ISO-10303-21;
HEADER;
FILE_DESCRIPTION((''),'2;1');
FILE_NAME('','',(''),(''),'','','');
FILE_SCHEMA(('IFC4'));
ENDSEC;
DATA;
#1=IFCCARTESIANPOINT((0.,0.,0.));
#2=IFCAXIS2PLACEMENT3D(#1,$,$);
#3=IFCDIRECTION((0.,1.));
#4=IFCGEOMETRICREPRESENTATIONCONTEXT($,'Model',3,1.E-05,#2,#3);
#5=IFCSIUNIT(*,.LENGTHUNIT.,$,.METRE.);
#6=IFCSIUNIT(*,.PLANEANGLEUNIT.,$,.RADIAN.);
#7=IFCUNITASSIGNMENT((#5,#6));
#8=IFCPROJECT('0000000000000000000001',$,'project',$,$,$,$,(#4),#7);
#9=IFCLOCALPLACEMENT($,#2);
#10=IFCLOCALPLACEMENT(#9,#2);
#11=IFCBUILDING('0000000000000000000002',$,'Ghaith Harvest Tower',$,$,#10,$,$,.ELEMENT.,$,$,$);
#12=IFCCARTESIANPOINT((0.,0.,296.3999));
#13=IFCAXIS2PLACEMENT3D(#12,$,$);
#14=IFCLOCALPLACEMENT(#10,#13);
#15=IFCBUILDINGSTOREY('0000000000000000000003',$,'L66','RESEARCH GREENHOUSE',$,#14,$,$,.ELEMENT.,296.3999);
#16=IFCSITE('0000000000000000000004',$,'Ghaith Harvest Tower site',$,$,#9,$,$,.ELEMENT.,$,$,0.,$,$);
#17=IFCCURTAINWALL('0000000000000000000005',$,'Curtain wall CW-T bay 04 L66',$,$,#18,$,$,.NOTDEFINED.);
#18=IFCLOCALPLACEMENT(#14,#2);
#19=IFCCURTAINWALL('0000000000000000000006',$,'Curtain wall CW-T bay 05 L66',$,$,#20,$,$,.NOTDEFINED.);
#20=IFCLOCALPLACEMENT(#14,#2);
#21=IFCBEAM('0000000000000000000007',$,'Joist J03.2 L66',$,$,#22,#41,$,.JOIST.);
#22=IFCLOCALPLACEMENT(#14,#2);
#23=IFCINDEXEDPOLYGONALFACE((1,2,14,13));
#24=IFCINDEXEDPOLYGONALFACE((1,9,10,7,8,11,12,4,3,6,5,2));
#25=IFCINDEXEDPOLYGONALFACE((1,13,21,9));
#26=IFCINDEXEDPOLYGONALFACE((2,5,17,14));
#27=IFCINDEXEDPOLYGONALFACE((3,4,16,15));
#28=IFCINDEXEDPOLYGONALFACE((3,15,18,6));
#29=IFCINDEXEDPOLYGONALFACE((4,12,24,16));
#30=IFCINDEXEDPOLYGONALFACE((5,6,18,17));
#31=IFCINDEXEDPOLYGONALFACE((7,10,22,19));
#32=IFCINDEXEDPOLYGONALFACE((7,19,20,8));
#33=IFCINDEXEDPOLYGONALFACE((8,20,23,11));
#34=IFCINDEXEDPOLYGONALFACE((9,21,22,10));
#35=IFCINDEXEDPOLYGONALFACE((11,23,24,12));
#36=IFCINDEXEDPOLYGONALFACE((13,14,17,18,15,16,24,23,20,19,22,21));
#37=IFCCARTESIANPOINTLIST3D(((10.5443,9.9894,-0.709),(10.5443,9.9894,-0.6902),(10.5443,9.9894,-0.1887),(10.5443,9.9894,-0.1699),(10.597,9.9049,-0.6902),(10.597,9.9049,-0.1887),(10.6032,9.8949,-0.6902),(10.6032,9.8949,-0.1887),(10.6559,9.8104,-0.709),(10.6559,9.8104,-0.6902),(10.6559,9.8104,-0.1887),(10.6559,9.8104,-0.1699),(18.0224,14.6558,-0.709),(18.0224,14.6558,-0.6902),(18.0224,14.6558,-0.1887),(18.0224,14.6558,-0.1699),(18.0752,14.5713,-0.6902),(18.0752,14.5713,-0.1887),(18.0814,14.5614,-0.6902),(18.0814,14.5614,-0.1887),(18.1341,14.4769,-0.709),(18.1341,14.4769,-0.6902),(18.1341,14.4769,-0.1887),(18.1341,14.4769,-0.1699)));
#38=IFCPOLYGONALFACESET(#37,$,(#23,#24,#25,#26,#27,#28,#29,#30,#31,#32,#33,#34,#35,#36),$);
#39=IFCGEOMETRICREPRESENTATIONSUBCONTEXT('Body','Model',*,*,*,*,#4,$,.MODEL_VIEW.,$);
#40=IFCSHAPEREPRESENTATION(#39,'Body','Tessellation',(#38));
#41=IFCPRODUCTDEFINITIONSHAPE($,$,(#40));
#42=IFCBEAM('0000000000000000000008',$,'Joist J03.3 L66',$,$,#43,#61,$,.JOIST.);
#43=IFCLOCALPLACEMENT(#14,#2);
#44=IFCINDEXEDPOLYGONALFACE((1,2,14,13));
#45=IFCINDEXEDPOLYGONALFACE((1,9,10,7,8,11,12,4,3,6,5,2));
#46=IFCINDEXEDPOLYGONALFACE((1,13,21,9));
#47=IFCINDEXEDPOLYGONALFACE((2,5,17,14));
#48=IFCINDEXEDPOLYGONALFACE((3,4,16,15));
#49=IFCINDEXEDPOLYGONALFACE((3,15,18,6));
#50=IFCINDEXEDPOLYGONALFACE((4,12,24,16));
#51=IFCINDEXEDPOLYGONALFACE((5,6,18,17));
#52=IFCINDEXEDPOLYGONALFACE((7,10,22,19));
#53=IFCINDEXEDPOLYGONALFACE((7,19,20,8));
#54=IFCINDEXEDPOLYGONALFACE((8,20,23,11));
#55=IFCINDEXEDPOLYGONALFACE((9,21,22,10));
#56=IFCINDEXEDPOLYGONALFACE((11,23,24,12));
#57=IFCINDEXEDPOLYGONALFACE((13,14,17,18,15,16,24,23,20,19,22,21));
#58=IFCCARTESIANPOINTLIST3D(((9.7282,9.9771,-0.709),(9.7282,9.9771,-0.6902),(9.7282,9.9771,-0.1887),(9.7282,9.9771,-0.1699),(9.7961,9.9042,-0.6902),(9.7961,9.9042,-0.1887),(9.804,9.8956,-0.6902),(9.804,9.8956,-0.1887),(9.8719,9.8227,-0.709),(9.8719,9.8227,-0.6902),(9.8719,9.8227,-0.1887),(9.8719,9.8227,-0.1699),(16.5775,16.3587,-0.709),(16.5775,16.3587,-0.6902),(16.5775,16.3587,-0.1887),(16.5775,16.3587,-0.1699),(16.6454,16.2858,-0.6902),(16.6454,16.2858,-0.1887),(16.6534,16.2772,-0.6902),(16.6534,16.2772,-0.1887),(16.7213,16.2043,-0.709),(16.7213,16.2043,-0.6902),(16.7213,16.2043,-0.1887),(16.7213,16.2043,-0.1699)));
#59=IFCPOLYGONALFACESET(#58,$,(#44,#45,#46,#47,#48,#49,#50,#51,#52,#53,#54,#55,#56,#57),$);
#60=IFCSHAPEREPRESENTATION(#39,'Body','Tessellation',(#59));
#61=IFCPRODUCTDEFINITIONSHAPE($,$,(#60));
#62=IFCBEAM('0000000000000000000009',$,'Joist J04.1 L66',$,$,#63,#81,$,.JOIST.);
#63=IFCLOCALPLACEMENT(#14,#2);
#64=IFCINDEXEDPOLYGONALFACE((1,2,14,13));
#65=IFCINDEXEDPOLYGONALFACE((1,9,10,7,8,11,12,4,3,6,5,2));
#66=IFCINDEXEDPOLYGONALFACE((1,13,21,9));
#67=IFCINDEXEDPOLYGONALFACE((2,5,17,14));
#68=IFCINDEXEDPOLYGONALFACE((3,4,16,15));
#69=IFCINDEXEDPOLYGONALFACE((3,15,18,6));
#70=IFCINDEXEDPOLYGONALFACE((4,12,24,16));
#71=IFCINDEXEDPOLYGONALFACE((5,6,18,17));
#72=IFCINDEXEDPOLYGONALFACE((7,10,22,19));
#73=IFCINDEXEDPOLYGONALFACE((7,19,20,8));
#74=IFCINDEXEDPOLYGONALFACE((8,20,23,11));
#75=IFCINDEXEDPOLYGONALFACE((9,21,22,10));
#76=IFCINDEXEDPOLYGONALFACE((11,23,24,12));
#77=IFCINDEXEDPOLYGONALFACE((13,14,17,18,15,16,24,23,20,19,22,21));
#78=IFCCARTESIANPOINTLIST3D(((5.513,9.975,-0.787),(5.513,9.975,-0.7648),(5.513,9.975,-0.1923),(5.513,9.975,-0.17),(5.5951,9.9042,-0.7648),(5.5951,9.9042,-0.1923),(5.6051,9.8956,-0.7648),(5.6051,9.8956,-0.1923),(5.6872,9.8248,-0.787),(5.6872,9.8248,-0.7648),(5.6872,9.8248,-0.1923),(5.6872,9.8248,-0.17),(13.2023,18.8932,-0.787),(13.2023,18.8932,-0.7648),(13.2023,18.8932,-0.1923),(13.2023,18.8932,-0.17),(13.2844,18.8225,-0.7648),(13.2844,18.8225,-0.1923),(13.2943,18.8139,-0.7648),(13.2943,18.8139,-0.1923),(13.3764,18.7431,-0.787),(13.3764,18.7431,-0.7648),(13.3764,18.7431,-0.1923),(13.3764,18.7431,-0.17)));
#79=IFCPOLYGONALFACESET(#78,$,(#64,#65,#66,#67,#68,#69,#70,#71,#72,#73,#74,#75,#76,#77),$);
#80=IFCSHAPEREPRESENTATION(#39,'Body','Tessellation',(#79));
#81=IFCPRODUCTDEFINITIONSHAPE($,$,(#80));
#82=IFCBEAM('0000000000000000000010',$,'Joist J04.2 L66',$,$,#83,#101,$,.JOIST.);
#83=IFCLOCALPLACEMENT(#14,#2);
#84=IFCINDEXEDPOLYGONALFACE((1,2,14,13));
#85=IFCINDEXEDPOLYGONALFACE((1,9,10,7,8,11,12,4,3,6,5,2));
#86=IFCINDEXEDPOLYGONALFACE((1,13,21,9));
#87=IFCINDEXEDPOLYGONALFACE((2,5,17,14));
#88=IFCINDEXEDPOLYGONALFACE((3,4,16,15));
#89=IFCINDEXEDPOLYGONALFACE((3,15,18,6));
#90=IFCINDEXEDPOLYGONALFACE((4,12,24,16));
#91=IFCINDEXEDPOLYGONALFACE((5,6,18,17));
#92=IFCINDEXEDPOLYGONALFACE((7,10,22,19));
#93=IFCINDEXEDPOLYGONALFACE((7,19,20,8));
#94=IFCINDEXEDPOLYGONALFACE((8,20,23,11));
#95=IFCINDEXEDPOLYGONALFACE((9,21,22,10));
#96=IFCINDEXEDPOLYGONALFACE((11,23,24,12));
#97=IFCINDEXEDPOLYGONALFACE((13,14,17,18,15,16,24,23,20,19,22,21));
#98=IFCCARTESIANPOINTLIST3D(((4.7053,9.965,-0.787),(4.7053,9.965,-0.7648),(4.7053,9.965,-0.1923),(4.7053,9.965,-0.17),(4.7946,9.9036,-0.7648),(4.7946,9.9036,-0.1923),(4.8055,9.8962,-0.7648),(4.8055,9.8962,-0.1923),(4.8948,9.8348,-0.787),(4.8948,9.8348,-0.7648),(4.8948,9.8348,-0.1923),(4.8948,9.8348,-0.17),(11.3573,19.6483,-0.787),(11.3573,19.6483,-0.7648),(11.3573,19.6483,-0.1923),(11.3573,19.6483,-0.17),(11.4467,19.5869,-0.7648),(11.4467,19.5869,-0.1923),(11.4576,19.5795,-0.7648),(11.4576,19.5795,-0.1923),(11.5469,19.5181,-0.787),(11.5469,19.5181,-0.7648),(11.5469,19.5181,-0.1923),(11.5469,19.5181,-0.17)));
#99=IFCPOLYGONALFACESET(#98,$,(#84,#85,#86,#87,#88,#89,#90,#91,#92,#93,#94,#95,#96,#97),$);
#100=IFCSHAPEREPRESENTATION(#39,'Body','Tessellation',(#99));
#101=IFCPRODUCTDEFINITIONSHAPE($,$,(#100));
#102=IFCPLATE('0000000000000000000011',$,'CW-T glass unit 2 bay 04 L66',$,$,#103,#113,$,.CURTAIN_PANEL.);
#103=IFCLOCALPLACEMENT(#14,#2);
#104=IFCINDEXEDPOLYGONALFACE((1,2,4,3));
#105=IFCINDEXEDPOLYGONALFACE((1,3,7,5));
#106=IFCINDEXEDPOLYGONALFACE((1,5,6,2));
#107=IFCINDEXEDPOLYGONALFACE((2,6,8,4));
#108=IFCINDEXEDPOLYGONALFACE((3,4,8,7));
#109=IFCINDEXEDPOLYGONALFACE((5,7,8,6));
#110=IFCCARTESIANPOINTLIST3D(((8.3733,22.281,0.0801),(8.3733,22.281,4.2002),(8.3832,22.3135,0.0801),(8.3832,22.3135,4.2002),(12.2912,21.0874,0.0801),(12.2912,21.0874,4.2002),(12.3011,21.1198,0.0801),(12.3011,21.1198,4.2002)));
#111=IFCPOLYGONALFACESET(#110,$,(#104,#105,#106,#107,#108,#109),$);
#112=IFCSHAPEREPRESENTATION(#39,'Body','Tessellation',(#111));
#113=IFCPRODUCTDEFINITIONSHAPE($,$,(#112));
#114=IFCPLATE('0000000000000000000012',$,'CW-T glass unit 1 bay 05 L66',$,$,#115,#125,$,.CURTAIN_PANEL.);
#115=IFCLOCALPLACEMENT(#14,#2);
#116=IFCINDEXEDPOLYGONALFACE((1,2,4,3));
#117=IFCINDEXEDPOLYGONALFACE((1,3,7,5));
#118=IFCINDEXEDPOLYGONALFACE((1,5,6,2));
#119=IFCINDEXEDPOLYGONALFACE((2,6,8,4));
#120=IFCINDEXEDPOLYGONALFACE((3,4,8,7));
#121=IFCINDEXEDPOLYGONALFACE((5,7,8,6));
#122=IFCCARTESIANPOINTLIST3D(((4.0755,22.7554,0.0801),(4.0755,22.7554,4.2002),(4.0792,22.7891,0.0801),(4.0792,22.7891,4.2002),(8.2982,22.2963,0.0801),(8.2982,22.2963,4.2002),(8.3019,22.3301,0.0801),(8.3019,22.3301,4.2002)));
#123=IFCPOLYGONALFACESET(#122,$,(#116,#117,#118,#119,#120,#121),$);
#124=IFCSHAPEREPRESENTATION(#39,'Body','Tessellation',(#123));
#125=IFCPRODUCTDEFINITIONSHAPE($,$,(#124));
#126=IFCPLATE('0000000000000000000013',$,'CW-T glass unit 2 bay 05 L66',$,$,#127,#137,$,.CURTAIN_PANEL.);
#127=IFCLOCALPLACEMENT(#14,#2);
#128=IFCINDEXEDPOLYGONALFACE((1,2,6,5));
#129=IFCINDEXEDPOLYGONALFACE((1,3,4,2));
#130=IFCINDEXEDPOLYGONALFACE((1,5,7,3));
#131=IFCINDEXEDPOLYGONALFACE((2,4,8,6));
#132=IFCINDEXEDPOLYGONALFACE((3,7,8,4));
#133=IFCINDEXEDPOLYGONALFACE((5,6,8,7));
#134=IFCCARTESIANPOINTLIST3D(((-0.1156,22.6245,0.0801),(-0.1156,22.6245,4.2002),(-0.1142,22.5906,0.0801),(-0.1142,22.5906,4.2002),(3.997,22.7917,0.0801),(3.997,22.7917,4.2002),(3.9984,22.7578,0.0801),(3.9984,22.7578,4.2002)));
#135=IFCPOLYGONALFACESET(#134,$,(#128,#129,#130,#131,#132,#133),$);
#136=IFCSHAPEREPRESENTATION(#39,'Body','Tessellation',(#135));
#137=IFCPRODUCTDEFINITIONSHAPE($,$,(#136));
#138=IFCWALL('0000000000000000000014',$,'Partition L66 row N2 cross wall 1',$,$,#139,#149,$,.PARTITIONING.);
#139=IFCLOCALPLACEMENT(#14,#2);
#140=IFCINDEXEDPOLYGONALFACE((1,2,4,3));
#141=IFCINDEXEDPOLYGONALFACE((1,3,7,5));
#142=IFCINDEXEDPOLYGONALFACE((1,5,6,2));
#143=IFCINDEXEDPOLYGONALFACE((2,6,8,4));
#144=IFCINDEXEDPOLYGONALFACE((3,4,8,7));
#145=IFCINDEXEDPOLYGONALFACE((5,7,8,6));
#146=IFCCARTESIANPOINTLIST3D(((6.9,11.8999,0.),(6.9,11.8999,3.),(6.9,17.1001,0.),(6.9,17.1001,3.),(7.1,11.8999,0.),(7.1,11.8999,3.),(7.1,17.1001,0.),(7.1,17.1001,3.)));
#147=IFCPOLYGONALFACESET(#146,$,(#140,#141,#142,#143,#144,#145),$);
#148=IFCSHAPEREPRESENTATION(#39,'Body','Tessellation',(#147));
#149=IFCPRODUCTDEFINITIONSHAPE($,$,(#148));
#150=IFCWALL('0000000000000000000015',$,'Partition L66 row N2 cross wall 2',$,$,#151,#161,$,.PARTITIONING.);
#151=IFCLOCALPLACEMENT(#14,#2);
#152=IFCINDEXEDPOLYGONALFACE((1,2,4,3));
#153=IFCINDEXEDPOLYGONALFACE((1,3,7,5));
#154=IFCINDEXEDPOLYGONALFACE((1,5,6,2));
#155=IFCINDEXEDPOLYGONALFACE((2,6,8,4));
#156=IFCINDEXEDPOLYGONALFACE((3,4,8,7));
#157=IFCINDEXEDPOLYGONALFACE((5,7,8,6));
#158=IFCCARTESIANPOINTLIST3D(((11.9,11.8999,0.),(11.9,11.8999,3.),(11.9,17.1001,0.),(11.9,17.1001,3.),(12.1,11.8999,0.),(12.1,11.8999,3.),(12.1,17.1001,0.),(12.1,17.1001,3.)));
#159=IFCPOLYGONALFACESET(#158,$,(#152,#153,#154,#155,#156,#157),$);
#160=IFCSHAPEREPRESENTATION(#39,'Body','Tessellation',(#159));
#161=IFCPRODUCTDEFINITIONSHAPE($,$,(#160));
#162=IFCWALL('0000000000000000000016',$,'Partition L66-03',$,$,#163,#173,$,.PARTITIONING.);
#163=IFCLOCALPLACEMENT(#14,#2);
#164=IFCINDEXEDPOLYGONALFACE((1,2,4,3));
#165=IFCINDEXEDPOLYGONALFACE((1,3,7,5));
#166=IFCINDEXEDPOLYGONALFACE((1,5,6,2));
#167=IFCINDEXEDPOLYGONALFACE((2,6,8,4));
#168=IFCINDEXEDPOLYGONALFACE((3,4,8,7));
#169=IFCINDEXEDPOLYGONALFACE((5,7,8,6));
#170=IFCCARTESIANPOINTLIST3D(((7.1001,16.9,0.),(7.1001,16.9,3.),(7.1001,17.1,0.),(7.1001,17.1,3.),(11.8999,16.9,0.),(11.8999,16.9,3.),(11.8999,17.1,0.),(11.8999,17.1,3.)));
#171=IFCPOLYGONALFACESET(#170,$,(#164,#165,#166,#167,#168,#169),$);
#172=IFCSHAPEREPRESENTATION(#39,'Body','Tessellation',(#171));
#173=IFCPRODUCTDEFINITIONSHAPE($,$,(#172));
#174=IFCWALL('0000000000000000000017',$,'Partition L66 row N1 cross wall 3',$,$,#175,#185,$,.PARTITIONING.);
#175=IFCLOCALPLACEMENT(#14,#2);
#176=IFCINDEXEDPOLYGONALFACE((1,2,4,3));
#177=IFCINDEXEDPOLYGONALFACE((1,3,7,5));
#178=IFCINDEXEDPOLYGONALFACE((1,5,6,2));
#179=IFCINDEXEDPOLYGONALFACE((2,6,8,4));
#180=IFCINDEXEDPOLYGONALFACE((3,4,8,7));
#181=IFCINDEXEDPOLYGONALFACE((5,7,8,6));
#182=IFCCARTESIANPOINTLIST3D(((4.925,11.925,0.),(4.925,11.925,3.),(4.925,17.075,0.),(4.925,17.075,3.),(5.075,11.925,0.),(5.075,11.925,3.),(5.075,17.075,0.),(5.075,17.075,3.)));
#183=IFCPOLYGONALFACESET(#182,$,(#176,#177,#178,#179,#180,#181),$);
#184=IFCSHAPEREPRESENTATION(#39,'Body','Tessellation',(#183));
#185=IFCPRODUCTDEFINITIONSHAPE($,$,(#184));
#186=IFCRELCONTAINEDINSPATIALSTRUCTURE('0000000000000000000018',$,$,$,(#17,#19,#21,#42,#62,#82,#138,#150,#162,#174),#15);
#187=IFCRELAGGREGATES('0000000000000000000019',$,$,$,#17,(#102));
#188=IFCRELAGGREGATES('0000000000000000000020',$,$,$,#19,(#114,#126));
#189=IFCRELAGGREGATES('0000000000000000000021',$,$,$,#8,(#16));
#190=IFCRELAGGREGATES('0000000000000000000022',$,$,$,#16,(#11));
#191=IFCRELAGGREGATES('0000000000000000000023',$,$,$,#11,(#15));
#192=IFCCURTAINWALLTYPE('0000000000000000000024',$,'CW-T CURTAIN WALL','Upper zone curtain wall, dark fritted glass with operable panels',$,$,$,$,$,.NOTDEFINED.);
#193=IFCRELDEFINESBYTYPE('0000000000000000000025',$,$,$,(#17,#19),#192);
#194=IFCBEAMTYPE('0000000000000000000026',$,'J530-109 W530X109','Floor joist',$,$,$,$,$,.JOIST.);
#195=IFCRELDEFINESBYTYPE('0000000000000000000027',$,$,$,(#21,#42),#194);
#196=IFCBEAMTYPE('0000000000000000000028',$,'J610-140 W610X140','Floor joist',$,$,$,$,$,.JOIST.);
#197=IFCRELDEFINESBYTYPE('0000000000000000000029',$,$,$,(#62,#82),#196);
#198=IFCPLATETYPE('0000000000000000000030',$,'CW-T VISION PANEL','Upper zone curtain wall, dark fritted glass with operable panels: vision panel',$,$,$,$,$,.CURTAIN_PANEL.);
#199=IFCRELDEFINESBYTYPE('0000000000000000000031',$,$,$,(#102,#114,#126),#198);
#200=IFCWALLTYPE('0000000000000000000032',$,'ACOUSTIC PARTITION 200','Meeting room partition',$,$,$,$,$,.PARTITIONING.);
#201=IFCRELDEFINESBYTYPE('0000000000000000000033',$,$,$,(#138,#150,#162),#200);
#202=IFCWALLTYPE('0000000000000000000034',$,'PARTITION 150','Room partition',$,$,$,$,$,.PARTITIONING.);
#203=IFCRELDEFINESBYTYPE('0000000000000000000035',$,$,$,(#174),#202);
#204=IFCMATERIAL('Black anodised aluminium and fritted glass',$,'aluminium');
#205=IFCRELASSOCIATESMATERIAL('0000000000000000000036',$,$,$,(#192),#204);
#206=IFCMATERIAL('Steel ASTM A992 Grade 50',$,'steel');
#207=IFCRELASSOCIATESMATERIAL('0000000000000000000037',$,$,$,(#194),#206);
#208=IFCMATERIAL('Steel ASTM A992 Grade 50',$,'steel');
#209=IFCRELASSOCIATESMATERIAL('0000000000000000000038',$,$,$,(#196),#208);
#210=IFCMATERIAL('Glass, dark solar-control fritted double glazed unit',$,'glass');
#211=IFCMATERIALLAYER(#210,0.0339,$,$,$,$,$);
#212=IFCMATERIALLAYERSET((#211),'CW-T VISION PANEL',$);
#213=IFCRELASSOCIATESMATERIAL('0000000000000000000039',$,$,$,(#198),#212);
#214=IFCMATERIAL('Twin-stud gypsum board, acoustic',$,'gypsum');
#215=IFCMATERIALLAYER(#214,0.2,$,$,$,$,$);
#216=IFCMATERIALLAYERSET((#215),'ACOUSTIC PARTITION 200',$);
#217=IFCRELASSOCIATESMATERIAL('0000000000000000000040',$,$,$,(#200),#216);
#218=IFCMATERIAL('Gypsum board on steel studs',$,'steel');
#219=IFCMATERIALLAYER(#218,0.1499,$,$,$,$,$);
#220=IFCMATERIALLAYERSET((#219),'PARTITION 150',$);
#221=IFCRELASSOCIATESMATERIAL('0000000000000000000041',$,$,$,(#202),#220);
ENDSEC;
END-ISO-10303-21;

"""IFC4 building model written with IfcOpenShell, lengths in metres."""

from ifc_helpers import new_model, si_unit, direction, frame, frame_2d, origin, origin_2d, place, context, subcontext, project, spatial, rectangle, i_section, extrude, material, layer, layer_set, material_profile, profile_set, type_object, element, aggregate, save


model = new_model("IFC4")

# Units and contexts
model_context = context("Model", 3, precision=1e-05, world=origin(), true_north=direction((0.0, 1.0)))
body_context = subcontext(model_context, "Body", "Model", "MODEL_VIEW")
ifc_project = project(units=[si_unit("LENGTHUNIT", "METRE"), si_unit("PLANEANGLEUNIT", "RADIAN")], contexts=[model_context])

# Site, building, storey
site_placement = place(None, origin())
site = spatial("IfcSite", under=ifc_project, at=site_placement, Name="Ghaith Harvest Tower site", CompositionType="ELEMENT", RefElevation=0.0)
building_placement = place(site_placement, origin())
building = spatial("IfcBuilding", under=site, at=building_placement, Name="Ghaith Harvest Tower", CompositionType="ELEMENT")
storey_placement = place(building_placement, frame((0.0, 0.0, 296.3999)))
storey = spatial("IfcBuildingStorey", under=building, at=storey_placement, Name="L66", Description="RESEARCH GREENHOUSE", CompositionType="ELEMENT", Elevation=296.3999)

# Curtain wall
ifc_material_1 = material(Name="Black anodised aluminium and fritted glass", Category="aluminium")
curtain_wall_type = type_object("IfcCurtainWallType", Name="CW-T CURTAIN WALL", Description="Upper zone curtain wall, dark fritted glass with operable panels", PredefinedType="NOTDEFINED", material=ifc_material_1)
curtain_wall_1_placement = place(storey_placement, origin())
curtain_wall_1 = element("IfcCurtainWall", 1, at=curtain_wall_1_placement, inside=storey, type_object=curtain_wall_type, Name="Curtain wall CW-T bay 04 L66", PredefinedType="NOTDEFINED")

# Curtain wall
curtain_wall_2_placement = place(storey_placement, origin())
curtain_wall_2 = element("IfcCurtainWall", 2, at=curtain_wall_2_placement, inside=storey, type_object=curtain_wall_type, Name="Curtain wall CW-T bay 05 L66", PredefinedType="NOTDEFINED")

# Beams
ifc_material_2 = material(Name="Steel ASTM A992 Grade 50", Category="steel")
ifc_material_profile_1 = material_profile(ifc_material_2, i_section(OverallWidth=0.2109, OverallDepth=0.5391, WebThickness=0.0117, FlangeThickness=0.0188, at=origin_2d()), Name="W530X109")
ifc_profile_set_1 = profile_set([ifc_material_profile_1], Name="Steel ASTM A992 Grade 50")
beam_type_1 = type_object("IfcBeamType", Name="J530-109 W530X109", Description="Floor joist", PredefinedType="JOIST", material=ifc_profile_set_1)
beam_1_placement = place(storey_placement, frame((10.6001, 9.8999, -0.4395), z_axis=(0.848376, 0.529394, 0.0), x_axis=(-0.529394, 0.848376, 0.0)))
element("IfcBeam", 3, at=beam_1_placement, inside=storey, type_object=beam_type_1, Name="Joist J03.2 L66", PredefinedType="JOIST", context=body_context, shape_type="SweptSolid", body=[
    extrude(i_section(OverallWidth=0.2109, OverallDepth=0.5391, WebThickness=0.0117, FlangeThickness=0.0188, at=origin_2d()), origin(), (0.0, 0.0, 1.0), 8.8147),
])
beam_2_placement = place(storey_placement, frame((9.8, 9.8999, -0.4395), z_axis=(0.731649, 0.681682, 0.0), x_axis=(-0.681682, 0.731649, 0.0)))
element("IfcBeam", 4, at=beam_2_placement, inside=storey, type_object=beam_type_1, Name="Joist J03.3 L66", PredefinedType="JOIST", context=body_context, shape_type="SweptSolid", body=[
    extrude(i_section(OverallWidth=0.2109, OverallDepth=0.5391, WebThickness=0.0117, FlangeThickness=0.0188, at=origin_2d()), origin(), (0.0, 0.0, 1.0), 9.3616),
])
ifc_material_3 = material(Name="Steel ASTM A992 Grade 50", Category="steel")
ifc_material_profile_2 = material_profile(ifc_material_3, i_section(OverallWidth=0.23, OverallDepth=0.6169, WebThickness=0.0132, FlangeThickness=0.0222, at=origin_2d()), Name="W610X140")
ifc_profile_set_2 = profile_set([ifc_material_profile_2], Name="Steel ASTM A992 Grade 50")
beam_type_2 = type_object("IfcBeamType", Name="J610-140 W610X140", Description="Floor joist", PredefinedType="JOIST", material=ifc_profile_set_2)
beam_3_placement = place(storey_placement, frame((5.6001, 9.8999, -0.4785), z_axis=(0.652993, 0.757364, 0.0), x_axis=(-0.757364, 0.652993, 0.0)))
element("IfcBeam", 5, at=beam_3_placement, inside=storey, type_object=beam_type_2, Name="Joist J04.1 L66", PredefinedType="JOIST", context=body_context, shape_type="SweptSolid", body=[
    extrude(i_section(OverallWidth=0.23, OverallDepth=0.6169, WebThickness=0.0132, FlangeThickness=0.0222, at=origin_2d()), origin(), (0.0, 0.0, 1.0), 11.7754),
])
beam_4_placement = place(storey_placement, frame((4.8, 9.8999, -0.4785), z_axis=(0.566228, 0.824249, 0.0), x_axis=(-0.824249, 0.566228, 0.0)))
element("IfcBeam", 6, at=beam_4_placement, inside=storey, type_object=beam_type_2, Name="Joist J04.2 L66", PredefinedType="JOIST", context=body_context, shape_type="SweptSolid", body=[
    extrude(i_section(OverallWidth=0.23, OverallDepth=0.6169, WebThickness=0.0132, FlangeThickness=0.0222, at=origin_2d()), origin(), (0.0, 0.0, 1.0), 11.748),
])

# Plates
ifc_material_4 = material(Name="Glass, dark solar-control fritted double glazed unit", Category="glass")
ifc_layer_1 = layer(ifc_material_4, 0.0339)
ifc_layer_set_1 = layer_set([ifc_layer_1], Name="CW-T VISION PANEL")
plate_type = type_object("IfcPlateType", Name="CW-T VISION PANEL", Description="Upper zone curtain wall, dark fritted glass with operable panels: vision panel", PredefinedType="CURTAIN_PANEL", material=ifc_layer_set_1)
plate_1_placement = place(storey_placement, frame((10.3372, 21.7004, 0.0801), z_axis=(0.0, 0.0, 1.0), x_axis=(-0.956588, 0.291445, 0.0)))
plate_1 = element("IfcPlate", 7, at=plate_1_placement, type_object=plate_type, Name="CW-T glass unit 2 bay 04 L66", PredefinedType="CURTAIN_PANEL", context=body_context, shape_type="SweptSolid", body=[
    extrude(rectangle(XDim=4.0957, YDim=0.0339, at=origin_2d()), origin(), (0.0, 0.0, 1.0), 4.1201),
])
aggregate(curtain_wall_1, [plate_1])
plate_2_placement = place(storey_placement, frame((6.1887, 22.5427, 0.0801), z_axis=(0.0, 0.0, 1.0), x_axis=(-0.994143, 0.108074, 0.0)))
plate_2 = element("IfcPlate", 8, at=plate_2_placement, type_object=plate_type, Name="CW-T glass unit 1 bay 05 L66", PredefinedType="CURTAIN_PANEL", context=body_context, shape_type="SweptSolid", body=[
    extrude(rectangle(XDim=4.2476, YDim=0.0339, at=origin_2d()), origin(), (0.0, 0.0, 1.0), 4.1201),
])
plate_3_placement = place(storey_placement, frame((1.9414, 22.6912, 0.0801), z_axis=(0.0, 0.0, 1.0), x_axis=(-0.999174, -0.040638, 0.0)))
plate_3 = element("IfcPlate", 9, at=plate_3_placement, type_object=plate_type, Name="CW-T glass unit 2 bay 05 L66", PredefinedType="CURTAIN_PANEL", context=body_context, shape_type="SweptSolid", body=[
    extrude(rectangle(XDim=4.116, YDim=0.0339, at=origin_2d()), origin(), (0.0, 0.0, 1.0), 4.1201),
])
aggregate(curtain_wall_2, [plate_2, plate_3])

# Walls
ifc_material_5 = material(Name="Twin-stud gypsum board, acoustic", Category="gypsum")
ifc_layer_2 = layer(ifc_material_5, 0.2)
ifc_layer_set_2 = layer_set([ifc_layer_2], Name="ACOUSTIC PARTITION 200")
wall_type_1 = type_object("IfcWallType", Name="ACOUSTIC PARTITION 200", Description="Meeting room partition", PredefinedType="PARTITIONING", material=ifc_layer_set_2)
for number, where, z_axis, x_axis, name in (
    (10, (7.0, 11.8999, 0.0), (0.0, 0.0, 1.0), (0.0, 1.0, 0.0), "Partition L66 row N2 cross wall 1"),
    (11, (12.0, 11.8999, 0.0), (0.0, 0.0, 1.0), (0.0, 1.0, 0.0), "Partition L66 row N2 cross wall 2"),
):
    element("IfcWall", number, at=place(storey_placement, frame(where, z_axis=z_axis, x_axis=x_axis)), inside=storey, type_object=wall_type_1, Name=name, PredefinedType="PARTITIONING", context=body_context, shape_type="SweptSolid", body=[
        extrude(rectangle(XDim=5.2002, YDim=0.2, at=frame_2d((2.6001, 0.0))), origin(), (0.0, 0.0, 1.0), 3.0),
    ])

# Walls
wall_1_placement = place(storey_placement, frame((7.1001, 17.0, 0.0), z_axis=(0.0, 0.0, 1.0), x_axis=(1.0, 0.0, 0.0)))
element("IfcWall", 12, at=wall_1_placement, inside=storey, type_object=wall_type_1, Name="Partition L66-03", PredefinedType="PARTITIONING", context=body_context, shape_type="SweptSolid", body=[
    extrude(rectangle(XDim=4.7998, YDim=0.2, at=frame_2d((2.3999, 0.0))), origin(), (0.0, 0.0, 1.0), 3.0),
])
ifc_material_6 = material(Name="Gypsum board on steel studs", Category="steel")
ifc_layer_3 = layer(ifc_material_6, 0.1499)
ifc_layer_set_3 = layer_set([ifc_layer_3], Name="PARTITION 150")
wall_type_2 = type_object("IfcWallType", Name="PARTITION 150", Description="Room partition", PredefinedType="PARTITIONING", material=ifc_layer_set_3)
wall_2_placement = place(storey_placement, frame((5.0, 11.925, 0.0), z_axis=(0.0, 0.0, 1.0), x_axis=(0.0, 1.0, 0.0)))
element("IfcWall", 13, at=wall_2_placement, inside=storey, type_object=wall_type_2, Name="Partition L66 row N1 cross wall 3", PredefinedType="PARTITIONING", context=body_context, shape_type="SweptSolid", body=[
    extrude(rectangle(XDim=5.1499, YDim=0.1499, at=frame_2d((2.575, 0.0))), origin(), (0.0, 0.0, 1.0), 3.0),
])

save(model, "model.ifc")
